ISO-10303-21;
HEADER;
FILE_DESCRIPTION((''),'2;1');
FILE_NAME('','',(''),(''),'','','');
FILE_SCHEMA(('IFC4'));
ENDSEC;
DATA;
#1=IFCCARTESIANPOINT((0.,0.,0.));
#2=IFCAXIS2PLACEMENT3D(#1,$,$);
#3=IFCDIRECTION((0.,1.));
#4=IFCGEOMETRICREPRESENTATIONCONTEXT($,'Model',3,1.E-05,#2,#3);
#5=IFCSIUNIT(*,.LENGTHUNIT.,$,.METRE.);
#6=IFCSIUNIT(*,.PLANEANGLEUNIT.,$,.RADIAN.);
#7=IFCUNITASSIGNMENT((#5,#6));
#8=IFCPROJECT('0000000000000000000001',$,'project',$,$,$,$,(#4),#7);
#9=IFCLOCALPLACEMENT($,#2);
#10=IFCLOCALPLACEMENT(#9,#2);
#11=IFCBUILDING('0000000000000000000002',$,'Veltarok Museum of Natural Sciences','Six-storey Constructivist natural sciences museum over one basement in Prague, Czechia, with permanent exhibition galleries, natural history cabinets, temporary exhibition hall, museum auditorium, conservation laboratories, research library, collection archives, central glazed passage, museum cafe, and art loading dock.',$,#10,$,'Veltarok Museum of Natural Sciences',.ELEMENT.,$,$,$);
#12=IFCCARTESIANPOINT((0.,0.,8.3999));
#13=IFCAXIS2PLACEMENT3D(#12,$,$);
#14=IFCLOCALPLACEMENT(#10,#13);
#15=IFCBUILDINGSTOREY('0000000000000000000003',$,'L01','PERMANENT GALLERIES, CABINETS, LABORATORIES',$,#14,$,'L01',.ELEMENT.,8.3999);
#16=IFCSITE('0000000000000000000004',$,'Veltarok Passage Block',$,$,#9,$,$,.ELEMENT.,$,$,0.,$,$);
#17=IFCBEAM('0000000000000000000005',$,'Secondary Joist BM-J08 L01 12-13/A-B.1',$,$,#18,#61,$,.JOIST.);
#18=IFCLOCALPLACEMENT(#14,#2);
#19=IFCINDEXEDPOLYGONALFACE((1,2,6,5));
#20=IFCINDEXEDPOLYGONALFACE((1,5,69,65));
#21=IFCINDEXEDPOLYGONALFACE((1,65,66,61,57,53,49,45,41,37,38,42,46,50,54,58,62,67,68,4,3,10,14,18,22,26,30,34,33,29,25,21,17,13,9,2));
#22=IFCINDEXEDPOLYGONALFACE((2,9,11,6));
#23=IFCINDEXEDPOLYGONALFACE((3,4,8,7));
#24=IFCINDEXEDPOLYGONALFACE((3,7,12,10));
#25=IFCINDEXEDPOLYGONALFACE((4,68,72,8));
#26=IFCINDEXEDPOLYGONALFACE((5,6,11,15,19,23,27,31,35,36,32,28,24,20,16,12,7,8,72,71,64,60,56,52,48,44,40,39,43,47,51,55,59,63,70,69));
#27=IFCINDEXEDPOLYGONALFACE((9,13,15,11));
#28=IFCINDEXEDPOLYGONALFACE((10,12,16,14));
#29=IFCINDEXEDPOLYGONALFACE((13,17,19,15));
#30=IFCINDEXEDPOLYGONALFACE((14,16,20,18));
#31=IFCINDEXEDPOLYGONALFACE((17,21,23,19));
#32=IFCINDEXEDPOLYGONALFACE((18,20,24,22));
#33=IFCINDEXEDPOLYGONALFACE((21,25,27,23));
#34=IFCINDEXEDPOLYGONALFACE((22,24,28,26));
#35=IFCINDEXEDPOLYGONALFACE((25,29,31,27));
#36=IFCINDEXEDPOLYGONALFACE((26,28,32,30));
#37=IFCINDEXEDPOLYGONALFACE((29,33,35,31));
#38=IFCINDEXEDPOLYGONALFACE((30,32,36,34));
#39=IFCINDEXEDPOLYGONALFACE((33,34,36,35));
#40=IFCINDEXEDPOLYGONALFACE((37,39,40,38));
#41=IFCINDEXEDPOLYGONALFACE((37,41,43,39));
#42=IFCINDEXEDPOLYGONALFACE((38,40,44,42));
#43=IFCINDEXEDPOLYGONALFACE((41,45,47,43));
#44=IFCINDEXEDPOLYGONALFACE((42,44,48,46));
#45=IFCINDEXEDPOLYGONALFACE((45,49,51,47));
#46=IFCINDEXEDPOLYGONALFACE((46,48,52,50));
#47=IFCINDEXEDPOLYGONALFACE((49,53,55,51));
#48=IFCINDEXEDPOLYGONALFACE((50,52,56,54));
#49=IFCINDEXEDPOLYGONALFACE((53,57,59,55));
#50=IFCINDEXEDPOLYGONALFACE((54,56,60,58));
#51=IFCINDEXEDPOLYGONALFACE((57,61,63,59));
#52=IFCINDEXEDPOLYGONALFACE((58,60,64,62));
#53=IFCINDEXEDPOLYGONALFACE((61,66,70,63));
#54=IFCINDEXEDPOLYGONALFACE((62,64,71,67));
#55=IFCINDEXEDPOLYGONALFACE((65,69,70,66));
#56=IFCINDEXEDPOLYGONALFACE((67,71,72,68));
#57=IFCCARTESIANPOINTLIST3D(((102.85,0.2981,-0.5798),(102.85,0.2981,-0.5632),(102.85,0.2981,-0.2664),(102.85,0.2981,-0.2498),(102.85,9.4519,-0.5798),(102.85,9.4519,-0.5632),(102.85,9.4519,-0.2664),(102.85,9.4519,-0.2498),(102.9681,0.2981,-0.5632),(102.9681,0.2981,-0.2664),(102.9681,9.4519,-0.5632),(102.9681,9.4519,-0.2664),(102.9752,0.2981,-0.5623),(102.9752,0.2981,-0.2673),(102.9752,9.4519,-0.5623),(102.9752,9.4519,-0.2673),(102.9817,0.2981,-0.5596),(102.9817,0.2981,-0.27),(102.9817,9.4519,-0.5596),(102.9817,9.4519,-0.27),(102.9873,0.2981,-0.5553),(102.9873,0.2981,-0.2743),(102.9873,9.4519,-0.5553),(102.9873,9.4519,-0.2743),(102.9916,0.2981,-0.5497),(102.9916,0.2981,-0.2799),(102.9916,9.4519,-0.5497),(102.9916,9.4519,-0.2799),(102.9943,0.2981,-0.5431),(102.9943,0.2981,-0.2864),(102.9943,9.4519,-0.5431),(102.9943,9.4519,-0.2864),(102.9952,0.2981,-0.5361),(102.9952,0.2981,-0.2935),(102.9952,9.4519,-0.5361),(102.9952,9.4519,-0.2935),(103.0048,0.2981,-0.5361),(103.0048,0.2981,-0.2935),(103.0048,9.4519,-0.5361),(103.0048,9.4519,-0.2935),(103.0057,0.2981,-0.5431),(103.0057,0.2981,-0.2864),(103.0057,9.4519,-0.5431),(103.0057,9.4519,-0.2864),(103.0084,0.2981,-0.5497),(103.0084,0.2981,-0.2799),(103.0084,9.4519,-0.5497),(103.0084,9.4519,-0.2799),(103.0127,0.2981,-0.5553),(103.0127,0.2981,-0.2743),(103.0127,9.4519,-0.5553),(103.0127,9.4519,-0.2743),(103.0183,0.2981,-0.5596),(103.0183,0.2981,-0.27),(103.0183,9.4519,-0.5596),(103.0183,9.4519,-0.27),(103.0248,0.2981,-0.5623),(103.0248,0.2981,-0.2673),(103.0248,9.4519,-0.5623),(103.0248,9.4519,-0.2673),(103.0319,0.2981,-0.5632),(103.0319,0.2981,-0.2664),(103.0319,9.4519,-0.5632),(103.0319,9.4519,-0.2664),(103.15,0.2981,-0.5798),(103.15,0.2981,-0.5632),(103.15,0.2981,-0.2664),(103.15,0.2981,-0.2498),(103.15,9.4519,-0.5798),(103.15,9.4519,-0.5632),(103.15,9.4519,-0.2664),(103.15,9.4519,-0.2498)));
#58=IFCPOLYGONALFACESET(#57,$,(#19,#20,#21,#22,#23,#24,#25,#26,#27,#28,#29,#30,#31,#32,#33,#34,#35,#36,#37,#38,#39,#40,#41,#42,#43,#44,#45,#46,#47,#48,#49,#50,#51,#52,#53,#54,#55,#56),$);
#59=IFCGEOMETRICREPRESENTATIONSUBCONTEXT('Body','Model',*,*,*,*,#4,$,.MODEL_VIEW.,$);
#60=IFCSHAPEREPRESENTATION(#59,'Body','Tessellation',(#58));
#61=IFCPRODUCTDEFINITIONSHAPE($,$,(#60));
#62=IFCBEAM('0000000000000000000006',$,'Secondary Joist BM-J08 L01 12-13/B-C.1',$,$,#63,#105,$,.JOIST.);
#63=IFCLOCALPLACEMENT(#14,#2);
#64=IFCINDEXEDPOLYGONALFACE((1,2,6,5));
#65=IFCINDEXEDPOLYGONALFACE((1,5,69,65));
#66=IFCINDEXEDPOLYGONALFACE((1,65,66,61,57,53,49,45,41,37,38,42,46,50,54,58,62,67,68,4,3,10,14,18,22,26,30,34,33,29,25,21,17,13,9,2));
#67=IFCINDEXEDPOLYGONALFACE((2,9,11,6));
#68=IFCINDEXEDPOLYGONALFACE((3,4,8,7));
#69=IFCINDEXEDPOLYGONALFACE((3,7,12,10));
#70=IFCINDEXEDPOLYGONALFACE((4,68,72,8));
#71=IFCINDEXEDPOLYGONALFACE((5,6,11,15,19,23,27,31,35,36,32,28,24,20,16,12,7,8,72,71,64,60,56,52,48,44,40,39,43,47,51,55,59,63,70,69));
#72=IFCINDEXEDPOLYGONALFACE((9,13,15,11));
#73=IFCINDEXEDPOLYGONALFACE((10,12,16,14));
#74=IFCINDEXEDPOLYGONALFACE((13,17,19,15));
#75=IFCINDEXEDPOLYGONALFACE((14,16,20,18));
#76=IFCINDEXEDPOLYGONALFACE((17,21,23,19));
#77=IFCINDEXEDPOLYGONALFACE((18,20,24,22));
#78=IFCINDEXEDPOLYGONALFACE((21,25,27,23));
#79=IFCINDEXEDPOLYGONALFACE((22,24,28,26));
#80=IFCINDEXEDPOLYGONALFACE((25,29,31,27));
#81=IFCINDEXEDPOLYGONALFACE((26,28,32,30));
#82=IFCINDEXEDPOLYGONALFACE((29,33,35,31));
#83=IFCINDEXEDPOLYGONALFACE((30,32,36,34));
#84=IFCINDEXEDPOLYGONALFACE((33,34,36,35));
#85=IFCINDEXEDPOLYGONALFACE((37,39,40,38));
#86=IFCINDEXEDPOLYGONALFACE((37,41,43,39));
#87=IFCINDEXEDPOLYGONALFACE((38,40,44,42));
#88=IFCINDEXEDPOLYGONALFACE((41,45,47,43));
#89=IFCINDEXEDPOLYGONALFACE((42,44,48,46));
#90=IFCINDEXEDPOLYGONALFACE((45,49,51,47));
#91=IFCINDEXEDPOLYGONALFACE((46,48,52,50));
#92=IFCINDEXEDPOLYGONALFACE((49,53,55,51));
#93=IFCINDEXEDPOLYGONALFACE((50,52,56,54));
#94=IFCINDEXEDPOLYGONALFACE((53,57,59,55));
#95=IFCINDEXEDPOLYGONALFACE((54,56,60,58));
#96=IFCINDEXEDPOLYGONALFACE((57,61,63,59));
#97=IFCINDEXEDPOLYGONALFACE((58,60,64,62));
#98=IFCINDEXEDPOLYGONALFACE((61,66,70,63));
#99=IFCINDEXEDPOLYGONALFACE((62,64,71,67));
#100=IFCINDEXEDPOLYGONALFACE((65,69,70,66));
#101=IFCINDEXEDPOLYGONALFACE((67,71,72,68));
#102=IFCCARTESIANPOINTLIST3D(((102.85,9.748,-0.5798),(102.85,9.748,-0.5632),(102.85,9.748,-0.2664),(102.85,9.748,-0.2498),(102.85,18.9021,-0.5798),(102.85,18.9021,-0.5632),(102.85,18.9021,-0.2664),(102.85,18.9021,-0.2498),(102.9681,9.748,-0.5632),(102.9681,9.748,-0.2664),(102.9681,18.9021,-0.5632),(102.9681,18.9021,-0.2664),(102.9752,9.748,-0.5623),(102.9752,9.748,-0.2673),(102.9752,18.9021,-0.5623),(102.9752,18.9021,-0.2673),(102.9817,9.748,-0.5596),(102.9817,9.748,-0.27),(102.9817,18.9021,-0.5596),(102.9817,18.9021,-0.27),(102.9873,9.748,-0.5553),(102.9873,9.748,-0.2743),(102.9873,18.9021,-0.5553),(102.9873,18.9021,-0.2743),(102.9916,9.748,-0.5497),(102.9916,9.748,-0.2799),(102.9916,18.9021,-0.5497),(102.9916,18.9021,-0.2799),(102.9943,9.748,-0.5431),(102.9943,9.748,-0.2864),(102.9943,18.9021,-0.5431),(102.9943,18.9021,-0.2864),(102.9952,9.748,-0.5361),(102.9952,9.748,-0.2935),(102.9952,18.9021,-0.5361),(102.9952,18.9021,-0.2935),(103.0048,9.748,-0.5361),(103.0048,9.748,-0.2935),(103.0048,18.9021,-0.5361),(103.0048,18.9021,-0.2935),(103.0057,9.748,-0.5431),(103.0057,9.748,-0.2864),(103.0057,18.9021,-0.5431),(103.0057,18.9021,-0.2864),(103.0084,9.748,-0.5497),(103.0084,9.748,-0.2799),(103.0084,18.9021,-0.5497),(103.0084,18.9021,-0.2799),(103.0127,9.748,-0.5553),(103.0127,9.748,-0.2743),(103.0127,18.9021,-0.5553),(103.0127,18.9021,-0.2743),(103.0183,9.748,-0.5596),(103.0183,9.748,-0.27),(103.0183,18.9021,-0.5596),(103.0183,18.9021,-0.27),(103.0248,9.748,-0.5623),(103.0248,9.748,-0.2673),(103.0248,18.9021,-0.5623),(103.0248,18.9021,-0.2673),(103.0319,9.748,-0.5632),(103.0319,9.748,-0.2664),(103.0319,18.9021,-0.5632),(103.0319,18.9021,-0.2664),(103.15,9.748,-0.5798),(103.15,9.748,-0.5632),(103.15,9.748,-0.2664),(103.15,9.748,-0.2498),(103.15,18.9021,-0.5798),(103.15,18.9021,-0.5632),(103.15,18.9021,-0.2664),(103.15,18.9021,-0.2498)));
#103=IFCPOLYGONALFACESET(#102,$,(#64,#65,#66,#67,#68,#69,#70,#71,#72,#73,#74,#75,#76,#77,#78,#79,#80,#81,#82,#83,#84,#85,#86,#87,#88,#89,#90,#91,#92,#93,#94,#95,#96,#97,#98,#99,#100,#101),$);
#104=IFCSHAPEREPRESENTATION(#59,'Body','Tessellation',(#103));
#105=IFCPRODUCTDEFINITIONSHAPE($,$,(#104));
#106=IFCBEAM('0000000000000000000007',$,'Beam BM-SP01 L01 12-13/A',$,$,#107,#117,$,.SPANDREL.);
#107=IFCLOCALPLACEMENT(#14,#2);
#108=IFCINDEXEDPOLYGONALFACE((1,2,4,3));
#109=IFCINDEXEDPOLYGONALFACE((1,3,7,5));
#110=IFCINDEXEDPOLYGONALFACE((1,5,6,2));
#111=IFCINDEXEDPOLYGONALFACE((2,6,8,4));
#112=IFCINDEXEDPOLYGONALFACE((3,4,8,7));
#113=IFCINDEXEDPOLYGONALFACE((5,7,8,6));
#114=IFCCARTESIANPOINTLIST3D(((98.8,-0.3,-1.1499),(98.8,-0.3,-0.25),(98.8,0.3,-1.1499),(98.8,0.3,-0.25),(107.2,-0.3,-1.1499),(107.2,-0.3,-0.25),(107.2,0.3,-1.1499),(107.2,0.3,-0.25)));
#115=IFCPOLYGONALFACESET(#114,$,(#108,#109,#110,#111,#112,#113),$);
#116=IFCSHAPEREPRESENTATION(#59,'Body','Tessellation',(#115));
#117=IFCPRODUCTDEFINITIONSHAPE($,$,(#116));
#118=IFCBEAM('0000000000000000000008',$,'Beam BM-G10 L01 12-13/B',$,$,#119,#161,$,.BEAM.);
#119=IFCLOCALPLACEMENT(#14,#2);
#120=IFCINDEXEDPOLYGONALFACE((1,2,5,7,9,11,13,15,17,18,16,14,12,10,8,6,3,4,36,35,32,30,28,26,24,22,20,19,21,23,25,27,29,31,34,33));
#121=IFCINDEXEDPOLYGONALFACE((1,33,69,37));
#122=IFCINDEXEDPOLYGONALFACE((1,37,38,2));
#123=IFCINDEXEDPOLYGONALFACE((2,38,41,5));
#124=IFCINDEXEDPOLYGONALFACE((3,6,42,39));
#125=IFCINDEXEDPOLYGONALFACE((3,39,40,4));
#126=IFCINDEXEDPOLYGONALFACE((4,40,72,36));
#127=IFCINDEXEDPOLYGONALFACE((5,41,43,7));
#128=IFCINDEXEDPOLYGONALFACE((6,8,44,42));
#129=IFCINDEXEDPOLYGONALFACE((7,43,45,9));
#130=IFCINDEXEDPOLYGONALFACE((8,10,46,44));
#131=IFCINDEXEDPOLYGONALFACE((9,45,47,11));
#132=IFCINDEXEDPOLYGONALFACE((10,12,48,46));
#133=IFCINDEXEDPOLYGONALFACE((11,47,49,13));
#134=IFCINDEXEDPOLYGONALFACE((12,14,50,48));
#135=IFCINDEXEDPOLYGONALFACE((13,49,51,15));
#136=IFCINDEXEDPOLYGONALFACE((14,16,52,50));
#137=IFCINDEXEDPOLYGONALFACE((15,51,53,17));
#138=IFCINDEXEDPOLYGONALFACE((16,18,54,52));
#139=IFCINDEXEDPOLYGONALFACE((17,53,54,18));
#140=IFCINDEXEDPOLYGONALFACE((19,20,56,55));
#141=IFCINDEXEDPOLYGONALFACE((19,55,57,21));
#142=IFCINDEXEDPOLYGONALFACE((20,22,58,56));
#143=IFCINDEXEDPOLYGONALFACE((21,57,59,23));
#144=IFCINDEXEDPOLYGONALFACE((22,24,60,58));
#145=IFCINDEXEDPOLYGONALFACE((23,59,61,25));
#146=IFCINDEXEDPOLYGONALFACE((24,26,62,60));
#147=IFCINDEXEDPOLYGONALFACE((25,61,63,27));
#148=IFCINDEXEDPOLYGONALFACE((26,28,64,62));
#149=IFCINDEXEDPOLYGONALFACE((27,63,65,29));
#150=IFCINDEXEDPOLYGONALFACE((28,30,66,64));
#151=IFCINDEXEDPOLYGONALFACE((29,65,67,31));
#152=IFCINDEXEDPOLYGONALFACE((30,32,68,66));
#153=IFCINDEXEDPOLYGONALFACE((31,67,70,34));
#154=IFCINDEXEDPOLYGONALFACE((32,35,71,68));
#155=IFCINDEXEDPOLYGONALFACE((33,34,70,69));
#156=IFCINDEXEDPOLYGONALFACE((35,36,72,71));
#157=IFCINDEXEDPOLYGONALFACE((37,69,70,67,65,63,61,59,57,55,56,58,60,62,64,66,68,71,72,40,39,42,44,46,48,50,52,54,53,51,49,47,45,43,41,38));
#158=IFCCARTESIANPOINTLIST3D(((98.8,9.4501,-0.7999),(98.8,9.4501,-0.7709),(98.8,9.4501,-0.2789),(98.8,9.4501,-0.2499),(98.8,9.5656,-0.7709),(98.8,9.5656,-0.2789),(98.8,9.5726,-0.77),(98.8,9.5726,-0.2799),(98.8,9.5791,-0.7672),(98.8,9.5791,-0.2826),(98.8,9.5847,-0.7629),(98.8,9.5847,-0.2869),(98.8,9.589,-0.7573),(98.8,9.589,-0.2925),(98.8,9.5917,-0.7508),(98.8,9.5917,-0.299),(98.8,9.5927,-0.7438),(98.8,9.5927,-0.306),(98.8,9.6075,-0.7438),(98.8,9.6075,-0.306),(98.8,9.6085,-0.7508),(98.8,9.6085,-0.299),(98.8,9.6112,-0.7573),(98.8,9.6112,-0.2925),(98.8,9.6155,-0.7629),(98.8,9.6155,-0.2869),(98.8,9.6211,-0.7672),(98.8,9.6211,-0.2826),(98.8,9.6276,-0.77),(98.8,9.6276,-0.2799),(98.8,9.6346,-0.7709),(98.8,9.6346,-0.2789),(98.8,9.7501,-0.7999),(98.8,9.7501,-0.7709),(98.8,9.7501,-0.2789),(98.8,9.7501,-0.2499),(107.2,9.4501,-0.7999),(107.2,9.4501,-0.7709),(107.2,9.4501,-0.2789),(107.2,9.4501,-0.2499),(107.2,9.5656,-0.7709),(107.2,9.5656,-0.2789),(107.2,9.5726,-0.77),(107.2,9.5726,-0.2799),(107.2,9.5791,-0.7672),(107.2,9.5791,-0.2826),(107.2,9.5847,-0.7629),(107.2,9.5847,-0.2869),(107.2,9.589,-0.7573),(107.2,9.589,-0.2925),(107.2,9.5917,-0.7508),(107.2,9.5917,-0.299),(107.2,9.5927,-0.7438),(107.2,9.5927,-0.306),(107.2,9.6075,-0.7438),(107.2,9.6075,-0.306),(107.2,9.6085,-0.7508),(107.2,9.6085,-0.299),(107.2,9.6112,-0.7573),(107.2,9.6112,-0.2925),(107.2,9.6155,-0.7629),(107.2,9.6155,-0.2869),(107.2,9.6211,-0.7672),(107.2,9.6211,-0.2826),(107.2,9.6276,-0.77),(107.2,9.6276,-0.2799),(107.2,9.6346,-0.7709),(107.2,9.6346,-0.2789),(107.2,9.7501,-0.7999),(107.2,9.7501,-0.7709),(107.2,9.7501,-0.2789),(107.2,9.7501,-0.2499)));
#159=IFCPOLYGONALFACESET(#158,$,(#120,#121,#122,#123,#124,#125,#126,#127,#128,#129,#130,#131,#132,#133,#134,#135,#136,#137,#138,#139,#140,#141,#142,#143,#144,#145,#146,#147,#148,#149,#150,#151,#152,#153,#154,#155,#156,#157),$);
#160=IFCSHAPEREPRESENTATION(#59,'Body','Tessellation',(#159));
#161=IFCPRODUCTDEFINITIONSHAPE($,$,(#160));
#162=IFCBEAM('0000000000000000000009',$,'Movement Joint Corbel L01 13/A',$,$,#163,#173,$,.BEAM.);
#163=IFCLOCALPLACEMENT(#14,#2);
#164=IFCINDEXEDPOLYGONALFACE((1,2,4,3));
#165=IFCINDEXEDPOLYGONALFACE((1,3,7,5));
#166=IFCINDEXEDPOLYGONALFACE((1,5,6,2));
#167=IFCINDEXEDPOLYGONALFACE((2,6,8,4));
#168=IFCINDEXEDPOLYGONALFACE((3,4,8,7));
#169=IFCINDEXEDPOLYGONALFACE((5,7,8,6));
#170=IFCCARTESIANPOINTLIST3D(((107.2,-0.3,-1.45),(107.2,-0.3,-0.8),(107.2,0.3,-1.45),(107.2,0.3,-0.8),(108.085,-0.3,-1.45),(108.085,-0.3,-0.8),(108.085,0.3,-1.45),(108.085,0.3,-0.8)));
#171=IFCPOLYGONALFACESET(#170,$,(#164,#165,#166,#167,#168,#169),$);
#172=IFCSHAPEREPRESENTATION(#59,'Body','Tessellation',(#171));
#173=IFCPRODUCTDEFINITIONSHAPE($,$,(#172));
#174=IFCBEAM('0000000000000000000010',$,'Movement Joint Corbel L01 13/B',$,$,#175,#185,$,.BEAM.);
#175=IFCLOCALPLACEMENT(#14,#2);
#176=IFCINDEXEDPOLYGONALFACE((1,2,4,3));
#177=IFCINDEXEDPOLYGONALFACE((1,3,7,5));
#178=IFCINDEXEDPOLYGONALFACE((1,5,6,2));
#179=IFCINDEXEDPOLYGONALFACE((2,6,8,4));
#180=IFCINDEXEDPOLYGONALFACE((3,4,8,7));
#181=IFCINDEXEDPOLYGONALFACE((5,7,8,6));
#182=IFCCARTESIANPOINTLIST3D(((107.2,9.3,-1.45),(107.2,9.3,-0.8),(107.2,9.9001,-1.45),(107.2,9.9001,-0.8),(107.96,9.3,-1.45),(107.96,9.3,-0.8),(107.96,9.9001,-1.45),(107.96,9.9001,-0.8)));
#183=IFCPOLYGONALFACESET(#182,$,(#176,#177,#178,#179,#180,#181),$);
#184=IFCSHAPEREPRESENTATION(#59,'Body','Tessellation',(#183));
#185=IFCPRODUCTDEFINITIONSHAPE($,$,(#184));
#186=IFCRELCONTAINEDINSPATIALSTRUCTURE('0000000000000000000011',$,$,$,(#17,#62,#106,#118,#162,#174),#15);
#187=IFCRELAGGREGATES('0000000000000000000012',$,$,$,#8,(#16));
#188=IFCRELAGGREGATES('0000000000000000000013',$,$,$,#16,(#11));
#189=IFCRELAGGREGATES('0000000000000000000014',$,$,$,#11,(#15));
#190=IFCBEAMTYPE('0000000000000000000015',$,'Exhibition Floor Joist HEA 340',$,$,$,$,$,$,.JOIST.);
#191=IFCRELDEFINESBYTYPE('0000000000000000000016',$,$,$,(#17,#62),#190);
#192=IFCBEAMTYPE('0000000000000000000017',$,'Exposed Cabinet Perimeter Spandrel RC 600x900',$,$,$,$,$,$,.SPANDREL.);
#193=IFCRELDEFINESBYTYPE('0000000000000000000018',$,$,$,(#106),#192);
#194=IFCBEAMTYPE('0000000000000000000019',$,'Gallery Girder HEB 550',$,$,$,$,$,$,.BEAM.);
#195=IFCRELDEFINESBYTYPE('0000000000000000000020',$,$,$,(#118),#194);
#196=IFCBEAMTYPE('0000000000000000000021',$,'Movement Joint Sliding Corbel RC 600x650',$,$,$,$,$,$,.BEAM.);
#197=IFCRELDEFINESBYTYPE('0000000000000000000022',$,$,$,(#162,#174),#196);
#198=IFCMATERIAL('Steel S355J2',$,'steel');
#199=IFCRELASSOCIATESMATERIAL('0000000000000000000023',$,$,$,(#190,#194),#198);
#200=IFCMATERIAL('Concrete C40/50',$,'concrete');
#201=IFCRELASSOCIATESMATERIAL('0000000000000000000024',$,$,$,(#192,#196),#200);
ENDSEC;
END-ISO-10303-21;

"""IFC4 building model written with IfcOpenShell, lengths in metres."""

from ifc_helpers import new_model, si_unit, direction, frame, origin, origin_2d, place, context, subcontext, project, spatial, rectangle, i_section, extrude, material, material_profile, profile_set, type_object, element, save


model = new_model("IFC4")

# Units and contexts
model_context = context("Model", 3, precision=1e-05, world=origin(), true_north=direction((0.0, 1.0)))
body_context = subcontext(model_context, "Body", "Model", "MODEL_VIEW")
ifc_project = project(units=[si_unit("LENGTHUNIT", "METRE"), si_unit("PLANEANGLEUNIT", "RADIAN")], contexts=[model_context])

# Site, building, storey
site_placement = place(None, origin())
site = spatial("IfcSite", under=ifc_project, at=site_placement, Name="Veltarok Passage Block", CompositionType="ELEMENT", RefElevation=0.0)
building_placement = place(site_placement, origin())
building = spatial("IfcBuilding", under=site, at=building_placement, Name="Veltarok Museum of Natural Sciences", Description="Six-storey Constructivist natural sciences museum over one basement in Prague, Czechia, with permanent exhibition galleries, natural history cabinets, temporary exhibition hall, museum auditorium, conservation laboratories, research library, collection archives, central glazed passage, museum cafe, and art loading dock.", LongName="Veltarok Museum of Natural Sciences", CompositionType="ELEMENT")
storey_placement = place(building_placement, frame((0.0, 0.0, 8.3999)))
storey = spatial("IfcBuildingStorey", under=building, at=storey_placement, Name="L01", Description="PERMANENT GALLERIES, CABINETS, LABORATORIES", LongName="L01", CompositionType="ELEMENT", Elevation=8.3999)

# Shared definitions
ifc_material_1 = material(Name="Concrete C40/50", Category="concrete")
ifc_material_2 = material(Name="Steel S355J2", Category="steel")

# Beams
ifc_material_profile_1 = material_profile(ifc_material_2, i_section(OverallWidth=0.3, OverallDepth=0.3301, WebThickness=0.0095, FlangeThickness=0.0166, FilletRadius=0.0271, at=origin_2d()), Name="HEA 340")
ifc_profile_set_1 = profile_set([ifc_material_profile_1], Name="Steel S355J2")
beam_type_1 = type_object("IfcBeamType", Name="Exhibition Floor Joist HEA 340", PredefinedType="JOIST", material=ifc_profile_set_1)
beam_1_placement = place(storey_placement, frame((103.0, 0.2981, -0.4148), z_axis=(0.0, 1.0, 0.0), x_axis=(-1.0, 0.0, 0.0)))
element("IfcBeam", 1, at=beam_1_placement, inside=storey, type_object=beam_type_1, Name="Secondary Joist BM-J08 L01 12-13/A-B.1", PredefinedType="JOIST", context=body_context, shape_type="SweptSolid", body=[
    extrude(i_section(OverallWidth=0.3, OverallDepth=0.3301, WebThickness=0.0095, FlangeThickness=0.0166, FilletRadius=0.0271, at=origin_2d()), origin(), (0.0, 0.0, 1.0), 9.1538),
])
beam_2_placement = place(storey_placement, frame((103.0, 9.748, -0.4148), z_axis=(0.0, 1.0, 0.0), x_axis=(-1.0, 0.0, 0.0)))
element("IfcBeam", 2, at=beam_2_placement, inside=storey, type_object=beam_type_1, Name="Secondary Joist BM-J08 L01 12-13/B-C.1", PredefinedType="JOIST", context=body_context, shape_type="SweptSolid", body=[
    extrude(i_section(OverallWidth=0.3, OverallDepth=0.3301, WebThickness=0.0095, FlangeThickness=0.0166, FilletRadius=0.0271, at=origin_2d()), origin(), (0.0, 0.0, 1.0), 9.1541),
])
ifc_material_profile_2 = material_profile(ifc_material_1, rectangle(XDim=0.6001, YDim=0.8999, at=origin_2d()), Name="RC 600x900")
ifc_profile_set_2 = profile_set([ifc_material_profile_2], Name="Concrete C40/50")
beam_type_2 = type_object("IfcBeamType", Name="Exposed Cabinet Perimeter Spandrel RC 600x900", PredefinedType="SPANDREL", material=ifc_profile_set_2)
beam_3_placement = place(storey_placement, frame((98.8, 0.0, -0.7), z_axis=(1.0, 0.0, 0.0), x_axis=(0.0, 1.0, 0.0)))
element("IfcBeam", 3, at=beam_3_placement, inside=storey, type_object=beam_type_2, Name="Beam BM-SP01 L01 12-13/A", PredefinedType="SPANDREL", context=body_context, shape_type="SweptSolid", body=[
    extrude(rectangle(XDim=0.6001, YDim=0.8999, at=origin_2d()), origin(), (0.0, 0.0, 1.0), 8.3999),
])
ifc_material_profile_3 = material_profile(ifc_material_2, i_section(OverallWidth=0.3, OverallDepth=0.55, WebThickness=0.0149, FlangeThickness=0.0291, FilletRadius=0.0271, at=origin_2d()), Name="HEB 550")
ifc_profile_set_3 = profile_set([ifc_material_profile_3], Name="Steel S355J2")
beam_type_3 = type_object("IfcBeamType", Name="Gallery Girder HEB 550", PredefinedType="BEAM", material=ifc_profile_set_3)
beam_4_placement = place(storey_placement, frame((98.8, 9.6001, -0.5249), z_axis=(1.0, 0.0, 0.0), x_axis=(0.0, 1.0, 0.0)))
element("IfcBeam", 4, at=beam_4_placement, inside=storey, type_object=beam_type_3, Name="Beam BM-G10 L01 12-13/B", PredefinedType="BEAM", context=body_context, shape_type="SweptSolid", body=[
    extrude(i_section(OverallWidth=0.3, OverallDepth=0.55, WebThickness=0.0149, FlangeThickness=0.0291, FilletRadius=0.0271, at=origin_2d()), origin(), (0.0, 0.0, 1.0), 8.3999),
])
ifc_material_profile_4 = material_profile(ifc_material_1, rectangle(XDim=0.6001, YDim=0.6499, at=origin_2d()), Name="RC 600x650")
ifc_profile_set_4 = profile_set([ifc_material_profile_4], Name="Concrete C40/50")
beam_type_4 = type_object("IfcBeamType", Name="Movement Joint Sliding Corbel RC 600x650", PredefinedType="BEAM", material=ifc_profile_set_4)
beam_5_placement = place(storey_placement, frame((107.2, 0.0, -1.125), z_axis=(1.0, 0.0, 0.0), x_axis=(0.0, 1.0, 0.0)))
element("IfcBeam", 5, at=beam_5_placement, inside=storey, type_object=beam_type_4, Name="Movement Joint Corbel L01 13/A", PredefinedType="BEAM", context=body_context, shape_type="SweptSolid", body=[
    extrude(rectangle(XDim=0.6001, YDim=0.6499, at=origin_2d()), origin(), (0.0, 0.0, 1.0), 0.885),
])
beam_6_placement = place(storey_placement, frame((107.2, 9.6001, -1.125), z_axis=(1.0, 0.0, 0.0), x_axis=(0.0, 1.0, 0.0)))
element("IfcBeam", 6, at=beam_6_placement, inside=storey, type_object=beam_type_4, Name="Movement Joint Corbel L01 13/B", PredefinedType="BEAM", context=body_context, shape_type="SweptSolid", body=[
    extrude(rectangle(XDim=0.6001, YDim=0.6499, at=origin_2d()), origin(), (0.0, 0.0, 1.0), 0.76),
])

save(model, "model.ifc")
